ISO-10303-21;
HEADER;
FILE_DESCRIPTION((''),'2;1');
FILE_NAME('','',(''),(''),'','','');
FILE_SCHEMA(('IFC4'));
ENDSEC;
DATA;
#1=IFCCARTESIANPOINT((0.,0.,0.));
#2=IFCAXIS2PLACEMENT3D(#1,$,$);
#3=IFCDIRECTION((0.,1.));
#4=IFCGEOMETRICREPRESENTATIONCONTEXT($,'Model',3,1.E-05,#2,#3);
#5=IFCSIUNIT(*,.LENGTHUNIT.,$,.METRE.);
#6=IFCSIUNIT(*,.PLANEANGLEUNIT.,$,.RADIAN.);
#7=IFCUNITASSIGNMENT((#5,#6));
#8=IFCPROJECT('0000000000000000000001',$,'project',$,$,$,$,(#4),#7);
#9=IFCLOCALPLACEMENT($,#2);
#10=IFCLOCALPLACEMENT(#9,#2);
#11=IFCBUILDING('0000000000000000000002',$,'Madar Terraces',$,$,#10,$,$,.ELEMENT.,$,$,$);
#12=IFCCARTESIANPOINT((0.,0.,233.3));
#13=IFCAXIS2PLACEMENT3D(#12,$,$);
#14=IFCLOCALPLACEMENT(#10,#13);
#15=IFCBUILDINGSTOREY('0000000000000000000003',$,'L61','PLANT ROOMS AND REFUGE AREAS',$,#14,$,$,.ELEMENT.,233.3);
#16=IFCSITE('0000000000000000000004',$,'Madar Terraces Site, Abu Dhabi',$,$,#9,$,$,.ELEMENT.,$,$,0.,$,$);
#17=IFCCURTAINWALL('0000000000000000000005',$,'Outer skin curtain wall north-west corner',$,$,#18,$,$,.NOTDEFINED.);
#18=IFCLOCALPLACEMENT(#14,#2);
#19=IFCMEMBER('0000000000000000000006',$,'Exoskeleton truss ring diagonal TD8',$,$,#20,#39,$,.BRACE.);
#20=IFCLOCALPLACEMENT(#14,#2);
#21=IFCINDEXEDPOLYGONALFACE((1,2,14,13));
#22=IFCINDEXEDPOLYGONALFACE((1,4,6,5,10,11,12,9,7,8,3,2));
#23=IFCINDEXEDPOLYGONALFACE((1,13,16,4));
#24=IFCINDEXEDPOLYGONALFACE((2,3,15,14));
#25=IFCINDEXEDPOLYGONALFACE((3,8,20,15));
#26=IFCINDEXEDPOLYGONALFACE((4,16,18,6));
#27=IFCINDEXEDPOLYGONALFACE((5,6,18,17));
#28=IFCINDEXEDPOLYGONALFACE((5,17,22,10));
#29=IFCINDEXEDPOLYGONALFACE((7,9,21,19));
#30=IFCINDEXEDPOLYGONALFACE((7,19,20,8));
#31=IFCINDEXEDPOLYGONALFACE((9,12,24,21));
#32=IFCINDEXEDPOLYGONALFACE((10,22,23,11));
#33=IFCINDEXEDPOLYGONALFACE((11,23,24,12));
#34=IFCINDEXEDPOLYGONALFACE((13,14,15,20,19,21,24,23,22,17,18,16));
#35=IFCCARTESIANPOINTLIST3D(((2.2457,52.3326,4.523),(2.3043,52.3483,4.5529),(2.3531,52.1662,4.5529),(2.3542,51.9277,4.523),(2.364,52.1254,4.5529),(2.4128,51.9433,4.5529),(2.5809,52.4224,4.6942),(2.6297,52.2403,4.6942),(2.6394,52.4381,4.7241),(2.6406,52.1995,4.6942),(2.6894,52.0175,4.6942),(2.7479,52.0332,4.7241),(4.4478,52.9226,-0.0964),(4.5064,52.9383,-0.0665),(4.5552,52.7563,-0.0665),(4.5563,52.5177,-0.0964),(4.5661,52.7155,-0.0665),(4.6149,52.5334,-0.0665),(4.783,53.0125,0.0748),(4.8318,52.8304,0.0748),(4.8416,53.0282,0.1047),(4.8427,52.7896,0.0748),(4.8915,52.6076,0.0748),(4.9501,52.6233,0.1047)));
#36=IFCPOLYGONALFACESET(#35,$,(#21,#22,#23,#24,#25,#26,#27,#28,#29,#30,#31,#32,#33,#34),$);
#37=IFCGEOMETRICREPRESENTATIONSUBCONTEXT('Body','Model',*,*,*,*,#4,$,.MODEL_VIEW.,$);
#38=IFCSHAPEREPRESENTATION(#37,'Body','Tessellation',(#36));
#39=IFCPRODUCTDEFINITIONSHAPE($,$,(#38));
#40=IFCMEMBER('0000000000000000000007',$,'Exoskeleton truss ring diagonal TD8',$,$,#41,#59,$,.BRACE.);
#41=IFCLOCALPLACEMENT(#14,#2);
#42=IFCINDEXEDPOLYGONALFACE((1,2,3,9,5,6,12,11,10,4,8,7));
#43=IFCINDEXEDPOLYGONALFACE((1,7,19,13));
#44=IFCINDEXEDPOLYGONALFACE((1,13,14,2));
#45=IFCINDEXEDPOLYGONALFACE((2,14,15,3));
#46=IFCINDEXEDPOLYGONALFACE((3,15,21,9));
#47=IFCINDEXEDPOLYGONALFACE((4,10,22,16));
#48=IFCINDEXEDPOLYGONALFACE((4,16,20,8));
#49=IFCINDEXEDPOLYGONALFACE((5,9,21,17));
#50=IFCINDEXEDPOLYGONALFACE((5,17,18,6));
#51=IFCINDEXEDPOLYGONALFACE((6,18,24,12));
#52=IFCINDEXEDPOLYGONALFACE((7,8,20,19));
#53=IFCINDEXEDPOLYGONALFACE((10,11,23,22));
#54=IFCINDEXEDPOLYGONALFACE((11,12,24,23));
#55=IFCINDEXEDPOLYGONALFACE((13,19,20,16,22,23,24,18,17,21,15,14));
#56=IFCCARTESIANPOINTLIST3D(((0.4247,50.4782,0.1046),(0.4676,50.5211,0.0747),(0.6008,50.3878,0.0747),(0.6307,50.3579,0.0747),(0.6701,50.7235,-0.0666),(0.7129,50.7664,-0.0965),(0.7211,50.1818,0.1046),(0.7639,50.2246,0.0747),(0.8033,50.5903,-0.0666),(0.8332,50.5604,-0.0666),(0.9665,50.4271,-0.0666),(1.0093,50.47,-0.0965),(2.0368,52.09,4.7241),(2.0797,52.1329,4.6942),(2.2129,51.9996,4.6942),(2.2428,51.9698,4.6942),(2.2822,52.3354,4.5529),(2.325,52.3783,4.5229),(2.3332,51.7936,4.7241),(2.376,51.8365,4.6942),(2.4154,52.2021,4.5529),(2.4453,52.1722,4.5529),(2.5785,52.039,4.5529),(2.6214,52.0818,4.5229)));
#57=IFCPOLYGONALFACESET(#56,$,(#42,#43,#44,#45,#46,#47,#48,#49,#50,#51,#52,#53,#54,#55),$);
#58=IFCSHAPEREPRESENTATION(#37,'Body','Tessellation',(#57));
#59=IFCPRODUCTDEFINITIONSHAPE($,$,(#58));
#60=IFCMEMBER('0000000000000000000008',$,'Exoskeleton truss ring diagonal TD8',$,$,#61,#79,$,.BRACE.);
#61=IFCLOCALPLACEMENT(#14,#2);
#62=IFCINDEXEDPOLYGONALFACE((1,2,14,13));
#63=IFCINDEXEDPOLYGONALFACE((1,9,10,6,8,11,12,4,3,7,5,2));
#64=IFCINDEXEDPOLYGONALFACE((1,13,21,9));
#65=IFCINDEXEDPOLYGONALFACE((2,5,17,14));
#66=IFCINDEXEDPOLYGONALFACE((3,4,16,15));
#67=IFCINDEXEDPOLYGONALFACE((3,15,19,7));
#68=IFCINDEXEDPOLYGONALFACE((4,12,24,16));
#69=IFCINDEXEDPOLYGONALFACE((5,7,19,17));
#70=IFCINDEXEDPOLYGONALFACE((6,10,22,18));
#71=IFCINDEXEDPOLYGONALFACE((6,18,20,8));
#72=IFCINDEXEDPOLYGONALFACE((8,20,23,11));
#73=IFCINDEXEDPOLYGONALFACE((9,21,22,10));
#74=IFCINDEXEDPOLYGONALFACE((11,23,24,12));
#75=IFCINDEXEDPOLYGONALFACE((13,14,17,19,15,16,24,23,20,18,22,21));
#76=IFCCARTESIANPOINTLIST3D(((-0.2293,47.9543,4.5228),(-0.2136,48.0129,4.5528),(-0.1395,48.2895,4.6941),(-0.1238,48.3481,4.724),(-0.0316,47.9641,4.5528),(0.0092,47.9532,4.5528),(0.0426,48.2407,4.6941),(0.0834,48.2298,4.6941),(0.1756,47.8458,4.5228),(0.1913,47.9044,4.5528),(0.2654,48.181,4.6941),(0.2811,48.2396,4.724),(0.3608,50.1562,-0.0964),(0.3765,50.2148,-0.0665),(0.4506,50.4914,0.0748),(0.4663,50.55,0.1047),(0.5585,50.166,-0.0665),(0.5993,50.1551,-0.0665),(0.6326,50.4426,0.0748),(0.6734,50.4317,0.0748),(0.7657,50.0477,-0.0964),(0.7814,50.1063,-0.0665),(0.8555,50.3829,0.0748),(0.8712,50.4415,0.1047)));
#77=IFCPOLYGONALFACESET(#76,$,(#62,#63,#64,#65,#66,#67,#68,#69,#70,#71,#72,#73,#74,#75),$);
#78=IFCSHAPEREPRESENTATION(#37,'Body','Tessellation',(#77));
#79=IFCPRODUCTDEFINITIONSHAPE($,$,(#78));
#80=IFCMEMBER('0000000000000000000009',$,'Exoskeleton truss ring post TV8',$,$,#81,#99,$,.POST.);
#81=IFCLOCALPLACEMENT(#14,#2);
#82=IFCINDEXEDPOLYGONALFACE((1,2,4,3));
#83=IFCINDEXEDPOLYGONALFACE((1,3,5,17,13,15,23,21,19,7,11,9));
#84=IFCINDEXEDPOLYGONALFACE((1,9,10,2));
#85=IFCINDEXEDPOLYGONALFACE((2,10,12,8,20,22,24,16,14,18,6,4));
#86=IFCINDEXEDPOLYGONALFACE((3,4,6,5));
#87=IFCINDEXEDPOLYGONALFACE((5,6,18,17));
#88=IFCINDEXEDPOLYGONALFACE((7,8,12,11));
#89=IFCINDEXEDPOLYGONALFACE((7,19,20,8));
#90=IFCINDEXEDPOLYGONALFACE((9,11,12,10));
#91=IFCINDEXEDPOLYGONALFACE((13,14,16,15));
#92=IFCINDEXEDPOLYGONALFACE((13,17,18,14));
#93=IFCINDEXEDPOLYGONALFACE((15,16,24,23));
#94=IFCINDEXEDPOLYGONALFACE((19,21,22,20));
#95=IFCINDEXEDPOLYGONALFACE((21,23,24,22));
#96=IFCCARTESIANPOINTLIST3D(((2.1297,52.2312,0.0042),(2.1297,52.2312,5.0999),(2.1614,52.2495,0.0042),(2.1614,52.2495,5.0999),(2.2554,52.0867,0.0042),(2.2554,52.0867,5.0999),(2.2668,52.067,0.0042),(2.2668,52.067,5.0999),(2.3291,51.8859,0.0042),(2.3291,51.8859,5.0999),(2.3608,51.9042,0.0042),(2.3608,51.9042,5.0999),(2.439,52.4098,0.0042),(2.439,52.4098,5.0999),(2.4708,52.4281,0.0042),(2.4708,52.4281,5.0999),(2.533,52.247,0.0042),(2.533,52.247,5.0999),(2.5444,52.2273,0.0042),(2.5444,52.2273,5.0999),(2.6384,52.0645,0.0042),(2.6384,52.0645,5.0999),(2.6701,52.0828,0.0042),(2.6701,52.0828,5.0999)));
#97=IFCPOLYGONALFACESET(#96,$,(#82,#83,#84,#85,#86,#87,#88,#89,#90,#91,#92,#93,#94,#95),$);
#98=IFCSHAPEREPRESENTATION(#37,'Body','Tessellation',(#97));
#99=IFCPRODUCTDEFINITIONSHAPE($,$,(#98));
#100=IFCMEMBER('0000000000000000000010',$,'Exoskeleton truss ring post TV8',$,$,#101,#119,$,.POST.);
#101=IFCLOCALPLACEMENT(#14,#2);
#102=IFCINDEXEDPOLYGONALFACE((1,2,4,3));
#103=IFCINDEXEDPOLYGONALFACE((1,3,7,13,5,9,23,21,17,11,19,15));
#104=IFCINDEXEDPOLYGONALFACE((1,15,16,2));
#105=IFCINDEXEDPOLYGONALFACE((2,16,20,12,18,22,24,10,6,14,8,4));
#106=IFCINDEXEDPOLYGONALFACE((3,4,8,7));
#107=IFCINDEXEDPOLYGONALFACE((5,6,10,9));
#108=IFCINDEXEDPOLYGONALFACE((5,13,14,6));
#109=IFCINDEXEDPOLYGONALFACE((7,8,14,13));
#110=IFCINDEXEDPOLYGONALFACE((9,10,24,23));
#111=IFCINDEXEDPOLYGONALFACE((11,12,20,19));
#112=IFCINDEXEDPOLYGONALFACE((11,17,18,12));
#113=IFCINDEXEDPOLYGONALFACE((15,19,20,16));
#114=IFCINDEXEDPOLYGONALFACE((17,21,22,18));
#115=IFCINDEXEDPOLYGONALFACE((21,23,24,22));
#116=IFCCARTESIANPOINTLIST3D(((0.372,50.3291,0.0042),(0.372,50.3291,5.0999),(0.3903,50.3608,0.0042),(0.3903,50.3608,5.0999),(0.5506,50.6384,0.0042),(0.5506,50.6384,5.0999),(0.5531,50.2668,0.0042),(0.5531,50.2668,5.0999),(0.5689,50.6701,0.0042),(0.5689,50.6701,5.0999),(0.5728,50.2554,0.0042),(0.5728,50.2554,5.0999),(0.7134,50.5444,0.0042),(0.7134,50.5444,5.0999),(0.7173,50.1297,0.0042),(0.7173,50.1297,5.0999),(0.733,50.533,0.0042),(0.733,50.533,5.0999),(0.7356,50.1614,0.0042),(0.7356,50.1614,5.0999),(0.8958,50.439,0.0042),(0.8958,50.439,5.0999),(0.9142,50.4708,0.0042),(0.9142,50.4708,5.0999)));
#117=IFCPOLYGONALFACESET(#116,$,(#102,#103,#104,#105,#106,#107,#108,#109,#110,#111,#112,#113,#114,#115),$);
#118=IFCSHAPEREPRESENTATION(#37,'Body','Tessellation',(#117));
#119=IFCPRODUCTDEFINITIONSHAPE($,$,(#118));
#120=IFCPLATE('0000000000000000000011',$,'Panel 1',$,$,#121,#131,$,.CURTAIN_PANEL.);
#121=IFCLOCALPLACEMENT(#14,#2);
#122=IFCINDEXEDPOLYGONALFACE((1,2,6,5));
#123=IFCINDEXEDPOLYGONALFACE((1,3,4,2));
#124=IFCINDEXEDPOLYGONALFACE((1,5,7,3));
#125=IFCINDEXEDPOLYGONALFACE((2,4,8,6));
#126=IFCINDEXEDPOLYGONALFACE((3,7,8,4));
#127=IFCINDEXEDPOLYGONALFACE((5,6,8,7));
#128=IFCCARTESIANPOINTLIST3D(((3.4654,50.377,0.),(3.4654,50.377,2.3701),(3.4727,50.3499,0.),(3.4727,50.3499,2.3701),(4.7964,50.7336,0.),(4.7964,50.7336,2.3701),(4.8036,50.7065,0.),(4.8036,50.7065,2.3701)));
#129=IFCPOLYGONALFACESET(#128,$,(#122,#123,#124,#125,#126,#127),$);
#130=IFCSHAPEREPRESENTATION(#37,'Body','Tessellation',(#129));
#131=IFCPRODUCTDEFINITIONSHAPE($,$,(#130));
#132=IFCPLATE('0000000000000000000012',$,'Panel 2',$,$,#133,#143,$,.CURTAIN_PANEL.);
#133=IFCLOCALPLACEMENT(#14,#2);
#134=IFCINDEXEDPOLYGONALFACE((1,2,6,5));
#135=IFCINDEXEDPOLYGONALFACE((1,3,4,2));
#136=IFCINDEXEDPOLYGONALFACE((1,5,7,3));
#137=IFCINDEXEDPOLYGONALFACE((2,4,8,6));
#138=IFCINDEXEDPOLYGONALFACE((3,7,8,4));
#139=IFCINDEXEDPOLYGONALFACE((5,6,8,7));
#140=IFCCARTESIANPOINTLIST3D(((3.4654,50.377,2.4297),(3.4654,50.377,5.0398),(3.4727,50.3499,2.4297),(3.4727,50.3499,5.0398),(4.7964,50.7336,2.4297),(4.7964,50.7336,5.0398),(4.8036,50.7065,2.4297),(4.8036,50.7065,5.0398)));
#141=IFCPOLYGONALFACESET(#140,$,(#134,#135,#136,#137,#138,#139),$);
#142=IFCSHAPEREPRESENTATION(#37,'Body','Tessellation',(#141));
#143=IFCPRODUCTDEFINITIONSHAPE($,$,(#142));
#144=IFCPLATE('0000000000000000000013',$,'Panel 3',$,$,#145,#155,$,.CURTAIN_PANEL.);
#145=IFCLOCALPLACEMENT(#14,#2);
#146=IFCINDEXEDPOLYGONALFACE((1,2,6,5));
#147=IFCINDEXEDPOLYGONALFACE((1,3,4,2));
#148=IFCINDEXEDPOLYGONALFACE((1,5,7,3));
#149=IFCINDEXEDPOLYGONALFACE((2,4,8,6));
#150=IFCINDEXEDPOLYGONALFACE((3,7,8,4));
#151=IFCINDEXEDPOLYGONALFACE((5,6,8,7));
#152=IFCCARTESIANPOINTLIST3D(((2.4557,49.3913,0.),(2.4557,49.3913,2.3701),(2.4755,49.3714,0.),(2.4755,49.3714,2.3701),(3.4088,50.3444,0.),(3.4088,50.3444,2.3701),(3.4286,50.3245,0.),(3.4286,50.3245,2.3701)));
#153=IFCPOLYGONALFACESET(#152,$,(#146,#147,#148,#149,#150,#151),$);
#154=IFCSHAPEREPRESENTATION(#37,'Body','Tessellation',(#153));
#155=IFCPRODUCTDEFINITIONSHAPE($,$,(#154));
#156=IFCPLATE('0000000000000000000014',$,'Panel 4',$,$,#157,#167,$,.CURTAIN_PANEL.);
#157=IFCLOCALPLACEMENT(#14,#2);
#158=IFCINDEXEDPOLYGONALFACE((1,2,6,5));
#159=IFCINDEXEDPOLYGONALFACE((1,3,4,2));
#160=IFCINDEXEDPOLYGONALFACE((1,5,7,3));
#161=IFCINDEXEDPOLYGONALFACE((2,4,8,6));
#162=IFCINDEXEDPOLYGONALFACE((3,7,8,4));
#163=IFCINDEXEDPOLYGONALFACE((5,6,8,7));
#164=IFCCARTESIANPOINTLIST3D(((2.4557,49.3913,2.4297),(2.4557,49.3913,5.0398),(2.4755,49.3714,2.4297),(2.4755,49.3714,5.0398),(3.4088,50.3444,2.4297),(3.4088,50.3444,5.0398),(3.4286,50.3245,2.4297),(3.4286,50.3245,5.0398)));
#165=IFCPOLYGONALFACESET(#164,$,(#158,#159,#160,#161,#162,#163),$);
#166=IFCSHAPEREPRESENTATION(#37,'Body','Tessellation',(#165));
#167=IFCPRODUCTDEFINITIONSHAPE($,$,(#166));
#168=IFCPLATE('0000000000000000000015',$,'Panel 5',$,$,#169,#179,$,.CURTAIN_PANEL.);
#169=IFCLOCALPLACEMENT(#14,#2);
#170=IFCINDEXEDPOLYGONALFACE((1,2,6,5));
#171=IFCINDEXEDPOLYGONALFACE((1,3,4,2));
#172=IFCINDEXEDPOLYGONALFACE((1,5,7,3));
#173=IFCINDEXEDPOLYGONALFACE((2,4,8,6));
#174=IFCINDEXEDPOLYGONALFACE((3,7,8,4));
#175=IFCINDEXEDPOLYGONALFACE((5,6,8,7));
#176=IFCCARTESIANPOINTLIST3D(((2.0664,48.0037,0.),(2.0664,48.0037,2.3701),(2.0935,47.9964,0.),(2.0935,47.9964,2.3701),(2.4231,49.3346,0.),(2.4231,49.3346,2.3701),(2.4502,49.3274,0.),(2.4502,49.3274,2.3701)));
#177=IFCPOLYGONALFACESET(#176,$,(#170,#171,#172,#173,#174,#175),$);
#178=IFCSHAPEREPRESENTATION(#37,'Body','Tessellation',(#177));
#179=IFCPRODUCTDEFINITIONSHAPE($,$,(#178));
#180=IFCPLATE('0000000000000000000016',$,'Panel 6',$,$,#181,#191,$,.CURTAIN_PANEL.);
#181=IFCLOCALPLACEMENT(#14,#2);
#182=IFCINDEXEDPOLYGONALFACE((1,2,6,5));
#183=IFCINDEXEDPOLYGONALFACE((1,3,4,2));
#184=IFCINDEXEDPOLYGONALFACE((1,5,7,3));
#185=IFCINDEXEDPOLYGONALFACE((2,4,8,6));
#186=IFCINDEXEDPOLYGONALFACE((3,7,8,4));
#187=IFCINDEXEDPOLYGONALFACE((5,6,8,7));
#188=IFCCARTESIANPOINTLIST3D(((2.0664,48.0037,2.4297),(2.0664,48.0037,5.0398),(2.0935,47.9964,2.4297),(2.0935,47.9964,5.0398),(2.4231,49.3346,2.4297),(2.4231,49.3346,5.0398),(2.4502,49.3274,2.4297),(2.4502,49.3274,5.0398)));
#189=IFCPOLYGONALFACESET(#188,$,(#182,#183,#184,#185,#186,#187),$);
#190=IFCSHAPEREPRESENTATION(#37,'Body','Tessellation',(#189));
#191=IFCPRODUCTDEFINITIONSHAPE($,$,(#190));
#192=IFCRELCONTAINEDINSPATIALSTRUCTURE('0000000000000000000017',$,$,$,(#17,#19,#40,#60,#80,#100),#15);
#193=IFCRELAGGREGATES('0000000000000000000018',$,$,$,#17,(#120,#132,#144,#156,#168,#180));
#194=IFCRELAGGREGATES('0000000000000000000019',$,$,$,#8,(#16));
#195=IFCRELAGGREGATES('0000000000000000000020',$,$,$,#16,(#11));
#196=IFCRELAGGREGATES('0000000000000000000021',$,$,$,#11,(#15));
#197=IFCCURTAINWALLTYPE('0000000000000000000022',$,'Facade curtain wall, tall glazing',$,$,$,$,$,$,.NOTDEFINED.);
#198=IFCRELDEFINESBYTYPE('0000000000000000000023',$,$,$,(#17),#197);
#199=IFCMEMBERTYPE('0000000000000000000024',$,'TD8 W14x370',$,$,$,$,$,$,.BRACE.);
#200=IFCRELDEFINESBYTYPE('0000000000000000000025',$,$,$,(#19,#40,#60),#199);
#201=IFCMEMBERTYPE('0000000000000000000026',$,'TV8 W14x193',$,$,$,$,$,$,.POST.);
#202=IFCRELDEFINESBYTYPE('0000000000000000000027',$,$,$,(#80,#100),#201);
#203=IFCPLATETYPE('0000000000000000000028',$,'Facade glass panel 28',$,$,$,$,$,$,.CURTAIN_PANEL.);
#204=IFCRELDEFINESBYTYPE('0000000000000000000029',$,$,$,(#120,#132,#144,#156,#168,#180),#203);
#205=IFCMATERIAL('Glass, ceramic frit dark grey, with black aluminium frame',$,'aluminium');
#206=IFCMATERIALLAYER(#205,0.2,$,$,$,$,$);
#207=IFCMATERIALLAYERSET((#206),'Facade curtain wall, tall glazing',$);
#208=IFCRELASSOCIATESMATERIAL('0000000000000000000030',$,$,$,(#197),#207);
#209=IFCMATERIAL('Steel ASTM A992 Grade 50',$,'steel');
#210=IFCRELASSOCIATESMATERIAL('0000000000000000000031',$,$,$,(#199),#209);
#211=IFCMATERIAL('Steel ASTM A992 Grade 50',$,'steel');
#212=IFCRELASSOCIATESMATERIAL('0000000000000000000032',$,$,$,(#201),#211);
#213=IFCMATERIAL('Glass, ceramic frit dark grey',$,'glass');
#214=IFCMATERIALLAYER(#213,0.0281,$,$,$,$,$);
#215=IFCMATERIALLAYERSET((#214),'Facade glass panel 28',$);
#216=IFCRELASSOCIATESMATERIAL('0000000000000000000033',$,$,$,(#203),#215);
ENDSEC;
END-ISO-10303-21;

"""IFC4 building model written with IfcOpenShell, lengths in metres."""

from ifc_helpers import new_model, si_unit, direction, frame, origin, origin_2d, place, context, subcontext, project, spatial, rectangle, i_section, extrude, material, layer, layer_set, material_profile, profile_set, type_object, element, aggregate, save


model = new_model("IFC4")

# Units and contexts
model_context = context("Model", 3, precision=1e-05, world=origin(), true_north=direction((0.0, 1.0)))
body_context = subcontext(model_context, "Body", "Model", "MODEL_VIEW")
ifc_project = project(units=[si_unit("LENGTHUNIT", "METRE"), si_unit("PLANEANGLEUNIT", "RADIAN")], contexts=[model_context])

# Site, building, storey
site_placement = place(None, origin())
site = spatial("IfcSite", under=ifc_project, at=site_placement, Name="Madar Terraces Site, Abu Dhabi", CompositionType="ELEMENT", RefElevation=0.0)
building_placement = place(site_placement, origin())
building = spatial("IfcBuilding", under=site, at=building_placement, Name="Madar Terraces", CompositionType="ELEMENT")
storey_placement = place(building_placement, frame((0.0, 0.0, 233.3)))
storey = spatial("IfcBuildingStorey", under=building, at=storey_placement, Name="L61", Description="PLANT ROOMS AND REFUGE AREAS", CompositionType="ELEMENT", Elevation=233.3)

# Curtain wall
ifc_material_1 = material(Name="Glass, ceramic frit dark grey, with black aluminium frame", Category="aluminium")
ifc_layer_1 = layer(ifc_material_1, 0.2)
ifc_layer_set_1 = layer_set([ifc_layer_1], Name="Facade curtain wall, tall glazing")
curtain_wall_type = type_object("IfcCurtainWallType", Name="Facade curtain wall, tall glazing", PredefinedType="NOTDEFINED", material=ifc_layer_set_1)
curtain_wall_placement = place(storey_placement, origin())
curtain_wall = element("IfcCurtainWall", 1, at=curtain_wall_placement, inside=storey, type_object=curtain_wall_type, Name="Outer skin curtain wall north-west corner", PredefinedType="NOTDEFINED")

# Members
ifc_material_2 = material(Name="Steel ASTM A992 Grade 50", Category="steel")
ifc_material_profile_1 = material_profile(ifc_material_2, i_section(OverallWidth=0.4192, OverallDepth=0.4546, WebThickness=0.0422, FlangeThickness=0.0676, at=origin_2d()), Name="W14x370")
ifc_profile_set_1 = profile_set([ifc_material_profile_1], Name="Steel ASTM A992 Grade 50")
member_type_1 = type_object("IfcMemberType", Name="TD8 W14x370", PredefinedType="BRACE", material=ifc_profile_set_1)
for number, where, z_axis, x_axis, name in (
    (2, (4.699, 52.7729, 0.0042), (-0.42749, -0.11455, 0.896733), (0.258829, -0.965923, 0.0), "Exoskeleton truss ring diagonal TD8"),
    (3, (2.3291, 52.0859, 4.6235), (-0.312945, -0.312898, -0.89675), (0.707053, -0.70716, 0.0), "Exoskeleton truss ring diagonal TD8"),
):
    element("IfcMember", number, at=place(storey_placement, frame(where, z_axis=z_axis, x_axis=x_axis)), inside=storey, type_object=member_type_1, Name=name, PredefinedType="BRACE", context=body_context, shape_type="SweptSolid", body=[
        extrude(i_section(OverallWidth=0.4192, OverallDepth=0.4546, WebThickness=0.0422, FlangeThickness=0.0676, at=origin_2d()), origin(), (0.0, 0.0, 1.0), 5.1514),
    ])
member_1_placement = place(storey_placement, frame((0.616, 50.2988, 0.0042), z_axis=(-0.114553, -0.427451, 0.896752), x_axis=(0.965916, -0.258856, 0.0)))
element("IfcMember", 4, at=member_1_placement, inside=storey, type_object=member_type_1, Name="Exoskeleton truss ring diagonal TD8", PredefinedType="BRACE", context=body_context, shape_type="SweptSolid", body=[
    extrude(i_section(OverallWidth=0.4192, OverallDepth=0.4546, WebThickness=0.0422, FlangeThickness=0.0676, at=origin_2d()), origin(), (0.0, 0.0, 1.0), 5.1511),
])
ifc_material_3 = material(Name="Steel ASTM A992 Grade 50", Category="steel")
ifc_material_profile_2 = material_profile(ifc_material_3, i_section(OverallWidth=0.3987, OverallDepth=0.3938, WebThickness=0.0227, FlangeThickness=0.0366, at=origin_2d()), Name="W14x193")
ifc_profile_set_2 = profile_set([ifc_material_profile_2], Name="Steel ASTM A992 Grade 50")
member_type_2 = type_object("IfcMemberType", Name="TV8 W14x193", PredefinedType="POST", material=ifc_profile_set_2)
for number, where, z_axis, x_axis, name in (
    (5, (2.3999, 52.157, 0.0042), (0.0, 0.0, 1.0), (0.5, -0.866025, 0.0), "Exoskeleton truss ring post TV8"),
    (6, (0.6431, 50.3999, 0.0042), (0.0, 0.0, 1.0), (0.866025, -0.5, 0.0), "Exoskeleton truss ring post TV8"),
):
    element("IfcMember", number, at=place(storey_placement, frame(where, z_axis=z_axis, x_axis=x_axis)), inside=storey, type_object=member_type_2, Name=name, PredefinedType="POST", context=body_context, shape_type="SweptSolid", body=[
        extrude(i_section(OverallWidth=0.3987, OverallDepth=0.3938, WebThickness=0.0227, FlangeThickness=0.0366, at=origin_2d()), origin(), (0.0, 0.0, 1.0), 5.0957),
    ])

# Plates
ifc_material_4 = material(Name="Glass, ceramic frit dark grey", Category="glass")
ifc_layer_2 = layer(ifc_material_4, 0.0281)
ifc_layer_set_2 = layer_set([ifc_layer_2], Name="Facade glass panel 28")
plate_type = type_object("IfcPlateType", Name="Facade glass panel 28", PredefinedType="CURTAIN_PANEL", material=ifc_layer_set_2)
plate_1_placement = place(storey_placement, frame((4.1345, 50.5417, 0.0), z_axis=(0.0, 0.0, 1.0), x_axis=(-0.965926, -0.258819, 0.0)))
plate_1 = element("IfcPlate", 7, at=plate_1_placement, type_object=plate_type, Name="Panel 1", PredefinedType="CURTAIN_PANEL", context=body_context, shape_type="SweptSolid", body=[
    extrude(rectangle(XDim=1.3779, YDim=0.0281, at=origin_2d()), origin(), (0.0, 0.0, 1.0), 2.3701),
])
plate_2_placement = place(storey_placement, frame((4.1345, 50.5417, 2.4297), z_axis=(0.0, 0.0, 1.0), x_axis=(-0.965926, -0.258819, 0.0)))
plate_2 = element("IfcPlate", 8, at=plate_2_placement, type_object=plate_type, Name="Panel 2", PredefinedType="CURTAIN_PANEL", context=body_context, shape_type="SweptSolid", body=[
    extrude(rectangle(XDim=1.3779, YDim=0.0281, at=origin_2d()), origin(), (0.0, 0.0, 1.0), 2.6101),
])
plate_3_placement = place(storey_placement, frame((2.9421, 49.8579, 0.0), z_axis=(0.0, 0.0, 1.0), x_axis=(-0.707107, -0.707107, 0.0)))
plate_3 = element("IfcPlate", 9, at=plate_3_placement, type_object=plate_type, Name="Panel 3", PredefinedType="CURTAIN_PANEL", context=body_context, shape_type="SweptSolid", body=[
    extrude(rectangle(XDim=1.3479, YDim=0.0281, at=origin_2d()), origin(), (0.0, 0.0, 1.0), 2.3701),
])
plate_4_placement = place(storey_placement, frame((2.9421, 49.8579, 2.4297), z_axis=(0.0, 0.0, 1.0), x_axis=(-0.707107, -0.707107, 0.0)))
plate_4 = element("IfcPlate", 10, at=plate_4_placement, type_object=plate_type, Name="Panel 4", PredefinedType="CURTAIN_PANEL", context=body_context, shape_type="SweptSolid", body=[
    extrude(rectangle(XDim=1.3479, YDim=0.0281, at=origin_2d()), origin(), (0.0, 0.0, 1.0), 2.6101),
])
plate_5_placement = place(storey_placement, frame((2.2583, 48.6655, 0.0), z_axis=(0.0, 0.0, 1.0), x_axis=(-0.258819, -0.965926, 0.0)))
plate_5 = element("IfcPlate", 11, at=plate_5_placement, type_object=plate_type, Name="Panel 5", PredefinedType="CURTAIN_PANEL", context=body_context, shape_type="SweptSolid", body=[
    extrude(rectangle(XDim=1.3779, YDim=0.0281, at=origin_2d()), origin(), (0.0, 0.0, 1.0), 2.3701),
])
plate_6_placement = place(storey_placement, frame((2.2583, 48.6655, 2.4297), z_axis=(0.0, 0.0, 1.0), x_axis=(-0.258819, -0.965926, 0.0)))
plate_6 = element("IfcPlate", 12, at=plate_6_placement, type_object=plate_type, Name="Panel 6", PredefinedType="CURTAIN_PANEL", context=body_context, shape_type="SweptSolid", body=[
    extrude(rectangle(XDim=1.3779, YDim=0.0281, at=origin_2d()), origin(), (0.0, 0.0, 1.0), 2.6101),
])
aggregate(curtain_wall, [plate_1, plate_2, plate_3, plate_4, plate_5, plate_6])

save(model, "model.ifc")
